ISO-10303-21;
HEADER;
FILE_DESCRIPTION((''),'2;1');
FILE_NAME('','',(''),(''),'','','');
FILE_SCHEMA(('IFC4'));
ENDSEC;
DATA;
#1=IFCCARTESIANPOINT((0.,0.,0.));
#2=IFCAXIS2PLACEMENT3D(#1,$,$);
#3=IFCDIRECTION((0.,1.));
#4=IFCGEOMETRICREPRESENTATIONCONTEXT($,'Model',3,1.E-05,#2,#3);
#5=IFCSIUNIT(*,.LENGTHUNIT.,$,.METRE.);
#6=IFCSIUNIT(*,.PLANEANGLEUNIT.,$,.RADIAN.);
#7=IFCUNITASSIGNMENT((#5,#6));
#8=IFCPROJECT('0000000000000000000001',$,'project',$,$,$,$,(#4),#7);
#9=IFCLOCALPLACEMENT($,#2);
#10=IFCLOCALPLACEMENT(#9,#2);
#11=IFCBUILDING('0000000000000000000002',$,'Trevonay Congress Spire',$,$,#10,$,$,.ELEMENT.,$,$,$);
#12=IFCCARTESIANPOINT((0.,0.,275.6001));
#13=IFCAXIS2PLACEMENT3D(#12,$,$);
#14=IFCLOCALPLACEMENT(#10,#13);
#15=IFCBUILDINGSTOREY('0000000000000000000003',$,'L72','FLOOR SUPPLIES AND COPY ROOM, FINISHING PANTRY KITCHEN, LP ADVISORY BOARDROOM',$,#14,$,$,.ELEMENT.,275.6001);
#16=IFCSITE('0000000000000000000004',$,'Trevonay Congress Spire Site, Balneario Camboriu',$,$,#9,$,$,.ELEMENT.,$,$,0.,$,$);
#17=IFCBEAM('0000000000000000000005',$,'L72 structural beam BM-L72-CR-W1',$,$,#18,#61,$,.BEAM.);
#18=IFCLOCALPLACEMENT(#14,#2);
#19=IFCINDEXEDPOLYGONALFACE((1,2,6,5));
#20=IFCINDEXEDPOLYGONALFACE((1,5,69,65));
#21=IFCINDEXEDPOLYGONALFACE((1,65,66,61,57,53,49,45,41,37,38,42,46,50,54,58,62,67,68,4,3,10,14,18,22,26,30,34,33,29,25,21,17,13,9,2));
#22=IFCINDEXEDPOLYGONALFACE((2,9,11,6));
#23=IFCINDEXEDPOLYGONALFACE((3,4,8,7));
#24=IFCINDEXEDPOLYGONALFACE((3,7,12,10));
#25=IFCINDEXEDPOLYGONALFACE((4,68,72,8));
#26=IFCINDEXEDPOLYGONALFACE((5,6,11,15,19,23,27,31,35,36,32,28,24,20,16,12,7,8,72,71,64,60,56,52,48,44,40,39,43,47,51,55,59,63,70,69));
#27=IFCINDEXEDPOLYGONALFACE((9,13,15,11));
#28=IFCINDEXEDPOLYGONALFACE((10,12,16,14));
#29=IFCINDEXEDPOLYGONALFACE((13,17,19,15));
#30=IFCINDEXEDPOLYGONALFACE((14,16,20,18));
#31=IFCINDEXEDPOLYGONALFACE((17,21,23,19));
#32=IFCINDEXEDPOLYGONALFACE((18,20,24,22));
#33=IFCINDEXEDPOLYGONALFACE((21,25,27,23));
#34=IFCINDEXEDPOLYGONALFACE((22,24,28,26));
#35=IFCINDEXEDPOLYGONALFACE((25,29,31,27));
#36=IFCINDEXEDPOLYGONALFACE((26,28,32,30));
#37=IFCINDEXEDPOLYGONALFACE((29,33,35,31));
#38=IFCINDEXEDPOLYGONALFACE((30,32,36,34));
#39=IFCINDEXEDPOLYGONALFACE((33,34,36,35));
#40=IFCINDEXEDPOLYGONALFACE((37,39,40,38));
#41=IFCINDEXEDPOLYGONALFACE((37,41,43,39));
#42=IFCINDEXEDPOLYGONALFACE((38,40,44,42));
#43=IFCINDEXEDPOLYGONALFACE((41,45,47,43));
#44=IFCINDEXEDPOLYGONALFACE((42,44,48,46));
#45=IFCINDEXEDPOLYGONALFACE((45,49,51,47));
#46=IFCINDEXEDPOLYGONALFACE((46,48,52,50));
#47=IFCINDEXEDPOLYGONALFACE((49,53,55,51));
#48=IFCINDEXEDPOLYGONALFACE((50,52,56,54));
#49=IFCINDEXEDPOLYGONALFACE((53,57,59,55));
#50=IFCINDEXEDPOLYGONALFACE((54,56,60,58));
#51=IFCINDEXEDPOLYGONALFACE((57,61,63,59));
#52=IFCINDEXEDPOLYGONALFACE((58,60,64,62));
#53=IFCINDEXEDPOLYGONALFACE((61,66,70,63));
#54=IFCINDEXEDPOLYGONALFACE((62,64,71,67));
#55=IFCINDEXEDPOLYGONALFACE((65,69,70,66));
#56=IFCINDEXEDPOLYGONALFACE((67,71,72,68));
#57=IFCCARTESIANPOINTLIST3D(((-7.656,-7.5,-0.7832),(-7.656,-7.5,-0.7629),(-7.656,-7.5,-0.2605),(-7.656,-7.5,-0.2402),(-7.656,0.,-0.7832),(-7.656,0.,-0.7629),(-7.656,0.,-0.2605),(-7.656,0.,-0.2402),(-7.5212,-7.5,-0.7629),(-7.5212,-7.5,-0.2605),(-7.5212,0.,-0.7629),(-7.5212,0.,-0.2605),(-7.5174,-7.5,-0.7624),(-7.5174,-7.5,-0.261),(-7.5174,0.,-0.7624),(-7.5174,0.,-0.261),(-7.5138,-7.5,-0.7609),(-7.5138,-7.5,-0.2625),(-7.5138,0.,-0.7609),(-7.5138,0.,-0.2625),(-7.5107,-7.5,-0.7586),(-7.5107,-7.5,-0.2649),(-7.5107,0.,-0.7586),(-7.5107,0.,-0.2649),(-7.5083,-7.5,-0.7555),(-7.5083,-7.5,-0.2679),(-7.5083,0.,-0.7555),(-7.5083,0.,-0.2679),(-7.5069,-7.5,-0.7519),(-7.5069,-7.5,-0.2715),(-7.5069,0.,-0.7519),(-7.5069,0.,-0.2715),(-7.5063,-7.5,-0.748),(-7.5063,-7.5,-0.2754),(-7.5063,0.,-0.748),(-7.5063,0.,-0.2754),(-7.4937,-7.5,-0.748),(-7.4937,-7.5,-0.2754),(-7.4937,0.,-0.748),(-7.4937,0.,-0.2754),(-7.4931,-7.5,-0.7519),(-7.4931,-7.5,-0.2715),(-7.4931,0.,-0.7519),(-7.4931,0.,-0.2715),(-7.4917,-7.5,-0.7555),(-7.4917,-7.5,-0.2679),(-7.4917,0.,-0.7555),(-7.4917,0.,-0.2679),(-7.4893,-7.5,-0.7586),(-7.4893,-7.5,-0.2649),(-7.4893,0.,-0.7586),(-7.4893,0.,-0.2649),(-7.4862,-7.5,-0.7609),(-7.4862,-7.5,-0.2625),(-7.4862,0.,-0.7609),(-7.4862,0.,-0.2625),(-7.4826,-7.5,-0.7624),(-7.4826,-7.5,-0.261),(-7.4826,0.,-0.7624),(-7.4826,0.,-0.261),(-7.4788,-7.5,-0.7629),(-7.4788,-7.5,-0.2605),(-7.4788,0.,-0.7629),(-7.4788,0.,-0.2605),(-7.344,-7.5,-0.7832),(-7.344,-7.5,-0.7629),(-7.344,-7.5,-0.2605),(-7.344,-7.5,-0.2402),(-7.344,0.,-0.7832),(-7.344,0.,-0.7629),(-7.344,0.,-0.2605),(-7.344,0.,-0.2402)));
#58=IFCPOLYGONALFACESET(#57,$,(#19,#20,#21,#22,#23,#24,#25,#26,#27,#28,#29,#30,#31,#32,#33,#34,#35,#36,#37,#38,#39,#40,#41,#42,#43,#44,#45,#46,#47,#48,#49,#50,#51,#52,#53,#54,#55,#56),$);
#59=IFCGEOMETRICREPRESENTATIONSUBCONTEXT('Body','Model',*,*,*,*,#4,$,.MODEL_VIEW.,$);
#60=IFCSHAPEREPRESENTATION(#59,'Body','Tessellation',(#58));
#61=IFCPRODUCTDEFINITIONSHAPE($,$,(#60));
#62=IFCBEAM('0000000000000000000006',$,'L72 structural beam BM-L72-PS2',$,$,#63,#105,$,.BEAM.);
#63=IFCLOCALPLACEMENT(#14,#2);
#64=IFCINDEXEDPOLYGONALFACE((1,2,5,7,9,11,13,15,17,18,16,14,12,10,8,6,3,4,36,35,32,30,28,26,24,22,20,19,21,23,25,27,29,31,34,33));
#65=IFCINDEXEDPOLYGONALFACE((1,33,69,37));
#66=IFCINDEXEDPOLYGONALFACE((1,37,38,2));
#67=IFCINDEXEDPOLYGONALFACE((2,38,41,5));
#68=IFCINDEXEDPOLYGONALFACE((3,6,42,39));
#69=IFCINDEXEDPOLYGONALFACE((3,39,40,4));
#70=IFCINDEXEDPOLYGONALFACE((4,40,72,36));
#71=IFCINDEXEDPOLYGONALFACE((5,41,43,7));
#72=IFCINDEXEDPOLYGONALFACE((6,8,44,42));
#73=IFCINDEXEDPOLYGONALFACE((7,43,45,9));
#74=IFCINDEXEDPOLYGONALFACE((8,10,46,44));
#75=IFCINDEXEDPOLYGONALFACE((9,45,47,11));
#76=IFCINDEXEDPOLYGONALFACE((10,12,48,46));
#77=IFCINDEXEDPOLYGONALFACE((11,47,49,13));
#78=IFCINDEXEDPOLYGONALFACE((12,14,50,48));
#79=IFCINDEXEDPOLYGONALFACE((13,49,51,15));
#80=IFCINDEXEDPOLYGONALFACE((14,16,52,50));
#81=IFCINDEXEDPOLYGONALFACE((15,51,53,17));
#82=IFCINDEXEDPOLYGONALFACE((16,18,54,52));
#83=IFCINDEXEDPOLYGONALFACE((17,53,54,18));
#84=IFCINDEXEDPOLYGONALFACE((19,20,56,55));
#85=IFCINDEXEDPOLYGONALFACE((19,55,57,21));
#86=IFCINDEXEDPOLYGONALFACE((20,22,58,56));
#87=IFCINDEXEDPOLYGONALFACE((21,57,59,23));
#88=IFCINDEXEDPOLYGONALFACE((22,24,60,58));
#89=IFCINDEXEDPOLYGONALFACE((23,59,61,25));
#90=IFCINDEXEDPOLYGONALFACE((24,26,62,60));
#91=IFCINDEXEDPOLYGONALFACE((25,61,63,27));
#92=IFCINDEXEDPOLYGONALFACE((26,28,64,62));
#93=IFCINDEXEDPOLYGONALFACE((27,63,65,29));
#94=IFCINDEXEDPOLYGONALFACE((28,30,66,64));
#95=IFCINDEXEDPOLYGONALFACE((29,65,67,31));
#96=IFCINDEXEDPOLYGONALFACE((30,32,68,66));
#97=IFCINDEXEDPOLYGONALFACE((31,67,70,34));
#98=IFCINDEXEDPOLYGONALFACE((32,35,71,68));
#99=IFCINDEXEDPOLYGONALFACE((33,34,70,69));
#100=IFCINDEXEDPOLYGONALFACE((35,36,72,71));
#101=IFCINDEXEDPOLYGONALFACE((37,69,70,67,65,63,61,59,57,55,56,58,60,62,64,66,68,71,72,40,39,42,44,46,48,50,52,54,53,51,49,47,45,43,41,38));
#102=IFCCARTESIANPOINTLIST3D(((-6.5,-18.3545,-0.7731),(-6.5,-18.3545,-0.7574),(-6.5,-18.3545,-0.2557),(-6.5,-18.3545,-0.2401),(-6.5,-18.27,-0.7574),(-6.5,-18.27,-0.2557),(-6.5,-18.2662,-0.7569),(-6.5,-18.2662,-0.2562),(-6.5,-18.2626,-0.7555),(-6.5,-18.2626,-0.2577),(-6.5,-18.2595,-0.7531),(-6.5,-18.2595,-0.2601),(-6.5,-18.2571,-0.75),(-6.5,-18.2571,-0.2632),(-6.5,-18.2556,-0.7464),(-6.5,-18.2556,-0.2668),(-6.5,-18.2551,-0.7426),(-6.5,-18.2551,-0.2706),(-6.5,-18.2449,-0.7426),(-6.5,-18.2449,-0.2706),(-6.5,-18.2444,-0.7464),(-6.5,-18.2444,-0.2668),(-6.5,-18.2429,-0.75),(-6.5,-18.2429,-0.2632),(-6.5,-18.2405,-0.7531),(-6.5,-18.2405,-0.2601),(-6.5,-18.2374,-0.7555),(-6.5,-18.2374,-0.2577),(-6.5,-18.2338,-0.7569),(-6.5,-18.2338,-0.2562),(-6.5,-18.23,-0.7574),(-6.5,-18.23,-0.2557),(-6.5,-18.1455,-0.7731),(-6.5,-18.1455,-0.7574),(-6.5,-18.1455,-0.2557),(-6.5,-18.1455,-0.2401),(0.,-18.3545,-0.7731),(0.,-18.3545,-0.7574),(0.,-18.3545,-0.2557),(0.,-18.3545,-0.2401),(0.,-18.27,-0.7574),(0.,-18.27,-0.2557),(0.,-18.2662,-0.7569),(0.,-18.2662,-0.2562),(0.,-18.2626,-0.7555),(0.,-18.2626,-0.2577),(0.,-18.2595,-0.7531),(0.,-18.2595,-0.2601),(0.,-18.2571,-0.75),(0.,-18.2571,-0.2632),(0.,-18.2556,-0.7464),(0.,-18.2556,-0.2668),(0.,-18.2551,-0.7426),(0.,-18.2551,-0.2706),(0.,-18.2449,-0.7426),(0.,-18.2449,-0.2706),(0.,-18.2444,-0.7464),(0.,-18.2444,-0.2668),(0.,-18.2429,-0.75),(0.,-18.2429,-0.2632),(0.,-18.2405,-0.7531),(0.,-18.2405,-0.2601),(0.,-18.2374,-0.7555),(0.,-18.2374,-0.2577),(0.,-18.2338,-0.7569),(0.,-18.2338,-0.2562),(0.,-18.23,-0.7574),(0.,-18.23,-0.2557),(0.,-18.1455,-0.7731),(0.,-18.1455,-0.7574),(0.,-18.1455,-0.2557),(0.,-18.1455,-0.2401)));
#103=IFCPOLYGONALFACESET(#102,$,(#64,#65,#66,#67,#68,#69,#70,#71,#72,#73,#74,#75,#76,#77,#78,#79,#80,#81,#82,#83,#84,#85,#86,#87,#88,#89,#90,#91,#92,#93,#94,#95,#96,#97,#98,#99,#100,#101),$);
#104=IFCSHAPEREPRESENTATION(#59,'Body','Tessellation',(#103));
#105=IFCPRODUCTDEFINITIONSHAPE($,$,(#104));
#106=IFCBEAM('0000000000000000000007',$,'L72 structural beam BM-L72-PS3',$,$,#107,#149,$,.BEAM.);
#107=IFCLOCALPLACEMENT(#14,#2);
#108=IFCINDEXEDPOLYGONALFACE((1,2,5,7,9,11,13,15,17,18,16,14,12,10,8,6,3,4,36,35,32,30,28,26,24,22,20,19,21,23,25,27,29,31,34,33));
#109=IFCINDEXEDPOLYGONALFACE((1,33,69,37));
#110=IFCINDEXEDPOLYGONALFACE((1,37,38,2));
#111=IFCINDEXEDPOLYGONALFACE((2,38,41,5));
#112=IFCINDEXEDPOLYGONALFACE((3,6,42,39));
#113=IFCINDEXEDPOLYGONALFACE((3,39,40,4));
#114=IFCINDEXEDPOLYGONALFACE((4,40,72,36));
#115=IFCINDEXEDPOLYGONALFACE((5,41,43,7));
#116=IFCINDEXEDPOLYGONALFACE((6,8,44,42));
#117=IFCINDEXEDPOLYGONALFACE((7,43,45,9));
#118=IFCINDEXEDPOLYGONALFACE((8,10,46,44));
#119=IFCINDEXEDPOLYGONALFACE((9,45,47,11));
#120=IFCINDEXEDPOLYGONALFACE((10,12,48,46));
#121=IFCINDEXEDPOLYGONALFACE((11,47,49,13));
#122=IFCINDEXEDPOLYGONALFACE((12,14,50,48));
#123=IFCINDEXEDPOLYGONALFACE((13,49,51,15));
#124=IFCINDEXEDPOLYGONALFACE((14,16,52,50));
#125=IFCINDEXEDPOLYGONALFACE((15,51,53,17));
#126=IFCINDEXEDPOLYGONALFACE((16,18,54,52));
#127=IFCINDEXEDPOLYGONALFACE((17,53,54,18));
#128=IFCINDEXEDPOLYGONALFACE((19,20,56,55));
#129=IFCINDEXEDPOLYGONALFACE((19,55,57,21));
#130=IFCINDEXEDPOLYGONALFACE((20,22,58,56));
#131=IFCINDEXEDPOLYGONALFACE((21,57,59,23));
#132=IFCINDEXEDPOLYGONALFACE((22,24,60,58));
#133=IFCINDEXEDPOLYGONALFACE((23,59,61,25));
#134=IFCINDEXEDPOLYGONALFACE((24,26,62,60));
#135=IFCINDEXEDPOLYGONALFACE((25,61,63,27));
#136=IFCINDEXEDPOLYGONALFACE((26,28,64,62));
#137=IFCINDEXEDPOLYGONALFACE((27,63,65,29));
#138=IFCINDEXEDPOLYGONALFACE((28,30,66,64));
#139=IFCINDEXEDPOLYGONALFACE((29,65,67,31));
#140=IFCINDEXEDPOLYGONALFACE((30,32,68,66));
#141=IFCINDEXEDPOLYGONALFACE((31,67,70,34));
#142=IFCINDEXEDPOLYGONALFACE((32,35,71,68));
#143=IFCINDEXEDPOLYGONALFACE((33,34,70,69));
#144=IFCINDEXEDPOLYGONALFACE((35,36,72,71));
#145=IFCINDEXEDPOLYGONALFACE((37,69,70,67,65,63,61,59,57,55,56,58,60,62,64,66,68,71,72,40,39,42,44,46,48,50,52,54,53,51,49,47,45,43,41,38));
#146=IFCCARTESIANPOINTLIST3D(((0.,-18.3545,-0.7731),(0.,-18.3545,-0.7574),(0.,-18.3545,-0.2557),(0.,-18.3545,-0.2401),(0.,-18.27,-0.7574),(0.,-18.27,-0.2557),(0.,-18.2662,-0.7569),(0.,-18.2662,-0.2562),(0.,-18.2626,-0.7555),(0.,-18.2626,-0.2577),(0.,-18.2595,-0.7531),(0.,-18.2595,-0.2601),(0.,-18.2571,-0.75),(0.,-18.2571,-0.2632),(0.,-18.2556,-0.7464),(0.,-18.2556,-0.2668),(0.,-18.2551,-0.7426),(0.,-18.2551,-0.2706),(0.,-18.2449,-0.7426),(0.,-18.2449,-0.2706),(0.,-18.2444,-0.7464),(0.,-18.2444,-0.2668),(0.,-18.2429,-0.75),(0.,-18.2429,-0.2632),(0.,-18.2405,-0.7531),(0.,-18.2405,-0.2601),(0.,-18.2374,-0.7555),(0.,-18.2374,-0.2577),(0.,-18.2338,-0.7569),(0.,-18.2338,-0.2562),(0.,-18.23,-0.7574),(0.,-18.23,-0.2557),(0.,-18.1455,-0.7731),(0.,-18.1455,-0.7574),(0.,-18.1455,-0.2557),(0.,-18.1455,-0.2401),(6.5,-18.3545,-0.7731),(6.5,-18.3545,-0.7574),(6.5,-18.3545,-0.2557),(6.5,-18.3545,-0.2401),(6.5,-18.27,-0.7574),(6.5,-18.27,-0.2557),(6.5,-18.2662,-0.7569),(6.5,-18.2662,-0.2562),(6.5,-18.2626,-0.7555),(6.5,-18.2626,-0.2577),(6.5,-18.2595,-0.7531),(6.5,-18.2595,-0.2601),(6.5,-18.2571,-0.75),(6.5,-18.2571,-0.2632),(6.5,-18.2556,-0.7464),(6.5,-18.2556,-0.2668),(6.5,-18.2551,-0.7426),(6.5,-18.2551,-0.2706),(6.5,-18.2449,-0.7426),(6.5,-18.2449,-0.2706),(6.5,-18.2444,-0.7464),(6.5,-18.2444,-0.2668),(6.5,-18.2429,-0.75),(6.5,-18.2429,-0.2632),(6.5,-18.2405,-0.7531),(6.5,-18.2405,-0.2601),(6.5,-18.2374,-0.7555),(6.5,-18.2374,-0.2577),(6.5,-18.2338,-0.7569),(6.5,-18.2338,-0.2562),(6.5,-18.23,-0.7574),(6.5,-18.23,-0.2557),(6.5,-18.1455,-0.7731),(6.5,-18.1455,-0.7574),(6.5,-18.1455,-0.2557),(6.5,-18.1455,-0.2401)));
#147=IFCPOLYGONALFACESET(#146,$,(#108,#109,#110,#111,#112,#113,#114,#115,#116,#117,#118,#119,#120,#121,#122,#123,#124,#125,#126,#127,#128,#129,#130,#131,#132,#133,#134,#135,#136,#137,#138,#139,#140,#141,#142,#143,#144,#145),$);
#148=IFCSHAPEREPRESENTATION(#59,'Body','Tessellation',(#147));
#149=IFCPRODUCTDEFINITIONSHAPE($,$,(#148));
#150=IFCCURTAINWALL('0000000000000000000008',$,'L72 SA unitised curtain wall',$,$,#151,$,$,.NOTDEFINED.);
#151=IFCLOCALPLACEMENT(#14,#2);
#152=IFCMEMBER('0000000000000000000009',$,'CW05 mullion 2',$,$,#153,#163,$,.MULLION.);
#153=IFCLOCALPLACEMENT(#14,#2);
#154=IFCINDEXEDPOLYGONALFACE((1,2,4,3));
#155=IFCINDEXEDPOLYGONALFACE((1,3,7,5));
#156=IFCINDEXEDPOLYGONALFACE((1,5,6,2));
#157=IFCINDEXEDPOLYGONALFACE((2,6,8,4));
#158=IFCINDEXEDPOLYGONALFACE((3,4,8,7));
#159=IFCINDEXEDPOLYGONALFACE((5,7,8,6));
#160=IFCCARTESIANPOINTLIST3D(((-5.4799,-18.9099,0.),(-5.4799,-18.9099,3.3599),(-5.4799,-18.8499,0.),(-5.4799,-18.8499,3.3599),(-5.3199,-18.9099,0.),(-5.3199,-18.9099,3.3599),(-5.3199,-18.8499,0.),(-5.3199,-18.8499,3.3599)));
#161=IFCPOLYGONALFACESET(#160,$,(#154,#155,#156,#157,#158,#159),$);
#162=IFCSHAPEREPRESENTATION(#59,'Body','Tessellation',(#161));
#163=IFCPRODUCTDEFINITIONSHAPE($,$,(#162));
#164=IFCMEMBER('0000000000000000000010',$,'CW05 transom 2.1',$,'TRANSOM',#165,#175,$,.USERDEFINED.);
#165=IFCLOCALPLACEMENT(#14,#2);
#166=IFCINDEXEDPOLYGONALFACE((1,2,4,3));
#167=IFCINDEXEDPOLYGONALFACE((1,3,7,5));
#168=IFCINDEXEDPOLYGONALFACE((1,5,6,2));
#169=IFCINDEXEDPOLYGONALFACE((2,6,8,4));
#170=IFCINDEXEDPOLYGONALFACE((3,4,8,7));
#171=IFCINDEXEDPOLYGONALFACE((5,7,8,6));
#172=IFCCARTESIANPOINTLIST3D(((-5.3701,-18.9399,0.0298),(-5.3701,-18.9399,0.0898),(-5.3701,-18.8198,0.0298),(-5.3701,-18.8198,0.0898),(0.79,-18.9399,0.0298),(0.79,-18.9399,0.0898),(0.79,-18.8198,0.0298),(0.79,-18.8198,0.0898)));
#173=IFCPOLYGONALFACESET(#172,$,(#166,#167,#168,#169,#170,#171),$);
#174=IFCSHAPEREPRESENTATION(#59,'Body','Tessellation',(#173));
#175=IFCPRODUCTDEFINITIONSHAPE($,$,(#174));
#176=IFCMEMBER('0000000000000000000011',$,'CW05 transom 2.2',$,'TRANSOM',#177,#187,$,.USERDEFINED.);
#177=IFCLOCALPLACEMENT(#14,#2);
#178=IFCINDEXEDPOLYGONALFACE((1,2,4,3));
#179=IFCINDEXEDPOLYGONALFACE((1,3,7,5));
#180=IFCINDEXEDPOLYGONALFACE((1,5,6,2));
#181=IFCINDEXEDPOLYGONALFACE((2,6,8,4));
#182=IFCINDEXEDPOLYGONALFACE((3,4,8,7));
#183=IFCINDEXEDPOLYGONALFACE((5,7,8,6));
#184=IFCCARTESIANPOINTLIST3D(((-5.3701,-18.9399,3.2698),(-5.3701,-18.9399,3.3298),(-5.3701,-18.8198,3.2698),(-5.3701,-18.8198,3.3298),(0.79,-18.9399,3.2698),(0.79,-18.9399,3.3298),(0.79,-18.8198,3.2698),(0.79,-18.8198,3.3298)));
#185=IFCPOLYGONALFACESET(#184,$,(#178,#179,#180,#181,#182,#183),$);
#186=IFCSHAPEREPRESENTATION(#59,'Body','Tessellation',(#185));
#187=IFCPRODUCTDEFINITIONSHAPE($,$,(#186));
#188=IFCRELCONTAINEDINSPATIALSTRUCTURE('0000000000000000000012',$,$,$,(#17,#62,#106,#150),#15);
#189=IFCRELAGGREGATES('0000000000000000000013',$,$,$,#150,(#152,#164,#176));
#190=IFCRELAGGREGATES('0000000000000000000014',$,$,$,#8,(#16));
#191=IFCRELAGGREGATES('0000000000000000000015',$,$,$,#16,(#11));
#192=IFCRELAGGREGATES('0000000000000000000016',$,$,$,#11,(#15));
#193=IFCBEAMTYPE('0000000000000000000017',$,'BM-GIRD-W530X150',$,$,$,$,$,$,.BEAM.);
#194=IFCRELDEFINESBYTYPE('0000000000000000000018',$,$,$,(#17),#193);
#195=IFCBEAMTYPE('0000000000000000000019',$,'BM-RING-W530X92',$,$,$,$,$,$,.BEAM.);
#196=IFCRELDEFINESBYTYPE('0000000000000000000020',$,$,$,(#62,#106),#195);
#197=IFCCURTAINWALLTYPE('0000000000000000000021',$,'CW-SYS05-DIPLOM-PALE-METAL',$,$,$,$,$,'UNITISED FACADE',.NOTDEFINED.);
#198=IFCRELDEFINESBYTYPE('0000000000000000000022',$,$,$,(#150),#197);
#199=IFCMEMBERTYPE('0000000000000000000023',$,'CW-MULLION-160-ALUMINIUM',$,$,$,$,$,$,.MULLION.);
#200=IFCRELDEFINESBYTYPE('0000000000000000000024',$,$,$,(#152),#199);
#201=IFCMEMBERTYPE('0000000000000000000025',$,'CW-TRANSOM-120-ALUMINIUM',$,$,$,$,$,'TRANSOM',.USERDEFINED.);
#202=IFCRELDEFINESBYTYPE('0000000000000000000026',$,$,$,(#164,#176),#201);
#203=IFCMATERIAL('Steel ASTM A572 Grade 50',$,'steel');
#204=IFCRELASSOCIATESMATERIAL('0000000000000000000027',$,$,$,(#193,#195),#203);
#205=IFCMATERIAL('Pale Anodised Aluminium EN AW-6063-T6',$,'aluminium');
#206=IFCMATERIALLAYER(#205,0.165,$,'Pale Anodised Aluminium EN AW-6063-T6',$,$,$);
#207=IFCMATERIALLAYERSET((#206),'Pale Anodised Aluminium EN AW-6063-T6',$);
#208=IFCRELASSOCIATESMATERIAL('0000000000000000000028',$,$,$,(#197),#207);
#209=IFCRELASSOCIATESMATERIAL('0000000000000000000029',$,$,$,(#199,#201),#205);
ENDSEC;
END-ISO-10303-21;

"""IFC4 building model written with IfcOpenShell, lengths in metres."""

from ifc_helpers import new_model, si_unit, direction, frame, origin, origin_2d, place, context, subcontext, project, spatial, rectangle, i_section, extrude, material, layer, layer_set, material_profile, profile_set, type_object, element, aggregate, save


model = new_model("IFC4")

# Units and contexts
model_context = context("Model", 3, precision=1e-05, world=origin(), true_north=direction((0.0, 1.0)))
body_context = subcontext(model_context, "Body", "Model", "MODEL_VIEW")
ifc_project = project(units=[si_unit("LENGTHUNIT", "METRE"), si_unit("PLANEANGLEUNIT", "RADIAN")], contexts=[model_context])

# Site, building, storey
site_placement = place(None, origin())
site = spatial("IfcSite", under=ifc_project, at=site_placement, Name="Trevonay Congress Spire Site, Balneario Camboriu", CompositionType="ELEMENT", RefElevation=0.0)
building_placement = place(site_placement, origin())
building = spatial("IfcBuilding", under=site, at=building_placement, Name="Trevonay Congress Spire", CompositionType="ELEMENT")
storey_placement = place(building_placement, frame((0.0, 0.0, 275.6001)))
storey = spatial("IfcBuildingStorey", under=building, at=storey_placement, Name="L72", Description="FLOOR SUPPLIES AND COPY ROOM, FINISHING PANTRY KITCHEN, LP ADVISORY BOARDROOM", CompositionType="ELEMENT", Elevation=275.6001)

# Shared definitions
ifc_material_1 = material(Name="Steel ASTM A572 Grade 50", Category="steel")

# Beams
ifc_material_profile_1 = material_profile(ifc_material_1, i_section(OverallWidth=0.312, OverallDepth=0.543, WebThickness=0.0127, FlangeThickness=0.0203, FilletRadius=0.0149, at=origin_2d()), Name="W530x150")
ifc_profile_set_1 = profile_set([ifc_material_profile_1], Name="Steel ASTM A572 Grade 50")
beam_type_1 = type_object("IfcBeamType", Name="BM-GIRD-W530X150", PredefinedType="BEAM", material=ifc_profile_set_1)
beam_1_placement = place(storey_placement, frame((-7.5, -7.5, -0.5117), z_axis=(0.0, 1.0, 0.0), x_axis=(-1.0, 0.0, 0.0)))
element("IfcBeam", 1, at=beam_1_placement, inside=storey, type_object=beam_type_1, Name="L72 structural beam BM-L72-CR-W1", PredefinedType="BEAM", context=body_context, shape_type="SweptSolid", body=[
    extrude(i_section(OverallWidth=0.312, OverallDepth=0.543, WebThickness=0.0127, FlangeThickness=0.0203, FilletRadius=0.0149, at=origin_2d()), origin(), (0.0, 0.0, 1.0), 7.5),
])
ifc_material_profile_2 = material_profile(ifc_material_1, i_section(OverallWidth=0.209, OverallDepth=0.533, WebThickness=0.0103, FlangeThickness=0.0156, FilletRadius=0.0149, at=origin_2d()), Name="W530x92")
ifc_profile_set_2 = profile_set([ifc_material_profile_2], Name="Steel ASTM A572 Grade 50")
beam_type_2 = type_object("IfcBeamType", Name="BM-RING-W530X92", PredefinedType="BEAM", material=ifc_profile_set_2)
for number, where, z_axis, x_axis, name in (
    (2, (-6.5, -18.25, -0.5066), (1.0, 0.0, 0.0), (0.0, 1.0, 0.0), "L72 structural beam BM-L72-PS2"),
    (3, (0.0, -18.25, -0.5066), (1.0, 0.0, 0.0), (0.0, 1.0, 0.0), "L72 structural beam BM-L72-PS3"),
):
    element("IfcBeam", number, at=place(storey_placement, frame(where, z_axis=z_axis, x_axis=x_axis)), inside=storey, type_object=beam_type_2, Name=name, PredefinedType="BEAM", context=body_context, shape_type="SweptSolid", body=[
        extrude(i_section(OverallWidth=0.209, OverallDepth=0.533, WebThickness=0.0103, FlangeThickness=0.0156, FilletRadius=0.0149, at=origin_2d()), origin(), (0.0, 0.0, 1.0), 6.5),
    ])

# Curtain wall, members
ifc_material_2 = material(Name="Pale Anodised Aluminium EN AW-6063-T6", Category="aluminium")
ifc_layer_1 = layer(ifc_material_2, 0.165, Name="Pale Anodised Aluminium EN AW-6063-T6")
ifc_layer_set_1 = layer_set([ifc_layer_1], Name="Pale Anodised Aluminium EN AW-6063-T6")
curtain_wall_type = type_object("IfcCurtainWallType", Name="CW-SYS05-DIPLOM-PALE-METAL", ElementType="UNITISED FACADE", PredefinedType="NOTDEFINED", material=ifc_layer_set_1)
curtain_wall_placement = place(storey_placement, origin())
curtain_wall = element("IfcCurtainWall", 4, at=curtain_wall_placement, inside=storey, type_object=curtain_wall_type, Name="L72 SA unitised curtain wall", PredefinedType="NOTDEFINED")
ifc_material_profile_3 = material_profile(ifc_material_2, rectangle(XDim=0.0601, YDim=0.1599, at=origin_2d()), Name="CW-MULLION-160-ALUMINIUM")
ifc_profile_set_3 = profile_set([ifc_material_profile_3], Name="Pale Anodised Aluminium EN AW-6063-T6")
member_type_1 = type_object("IfcMemberType", Name="CW-MULLION-160-ALUMINIUM", PredefinedType="MULLION", material=ifc_profile_set_3)
member_1_placement = place(storey_placement, frame((-5.3999, -18.8799, 0.0), z_axis=(0.0, 0.0, 1.0), x_axis=(0.0, 1.0, 0.0)))
member_1 = element("IfcMember", 5, at=member_1_placement, type_object=member_type_1, Name="CW05 mullion 2", PredefinedType="MULLION", context=body_context, shape_type="SweptSolid", body=[
    extrude(rectangle(XDim=0.0601, YDim=0.1599, at=origin_2d()), origin(), (0.0, 0.0, 1.0), 3.3599),
])
ifc_material_profile_4 = material_profile(ifc_material_2, rectangle(XDim=0.1201, YDim=0.0601, at=origin_2d()), Name="CW-TRANSOM-120-ALUMINIUM")
ifc_profile_set_4 = profile_set([ifc_material_profile_4], Name="Pale Anodised Aluminium EN AW-6063-T6")
member_type_2 = type_object("IfcMemberType", Name="CW-TRANSOM-120-ALUMINIUM", ElementType="TRANSOM", PredefinedType="USERDEFINED", material=ifc_profile_set_4)
member_2_placement = place(storey_placement, frame((-5.3701, -18.8799, 0.0598), z_axis=(1.0, 0.0, 0.0), x_axis=(0.0, 1.0, 0.0)))
member_2 = element("IfcMember", 6, at=member_2_placement, type_object=member_type_2, Name="CW05 transom 2.1", ObjectType="TRANSOM", PredefinedType="USERDEFINED", context=body_context, shape_type="SweptSolid", body=[
    extrude(rectangle(XDim=0.1201, YDim=0.0601, at=origin_2d()), origin(), (0.0, 0.0, 1.0), 6.1602),
])
member_3_placement = place(storey_placement, frame((-5.3701, -18.8799, 3.2998), z_axis=(1.0, 0.0, 0.0), x_axis=(0.0, 1.0, 0.0)))
member_3 = element("IfcMember", 7, at=member_3_placement, type_object=member_type_2, Name="CW05 transom 2.2", ObjectType="TRANSOM", PredefinedType="USERDEFINED", context=body_context, shape_type="SweptSolid", body=[
    extrude(rectangle(XDim=0.1201, YDim=0.0601, at=origin_2d()), origin(), (0.0, 0.0, 1.0), 6.1602),
])

aggregate(curtain_wall, [member_1, member_2, member_3])

save(model, "model.ifc")
